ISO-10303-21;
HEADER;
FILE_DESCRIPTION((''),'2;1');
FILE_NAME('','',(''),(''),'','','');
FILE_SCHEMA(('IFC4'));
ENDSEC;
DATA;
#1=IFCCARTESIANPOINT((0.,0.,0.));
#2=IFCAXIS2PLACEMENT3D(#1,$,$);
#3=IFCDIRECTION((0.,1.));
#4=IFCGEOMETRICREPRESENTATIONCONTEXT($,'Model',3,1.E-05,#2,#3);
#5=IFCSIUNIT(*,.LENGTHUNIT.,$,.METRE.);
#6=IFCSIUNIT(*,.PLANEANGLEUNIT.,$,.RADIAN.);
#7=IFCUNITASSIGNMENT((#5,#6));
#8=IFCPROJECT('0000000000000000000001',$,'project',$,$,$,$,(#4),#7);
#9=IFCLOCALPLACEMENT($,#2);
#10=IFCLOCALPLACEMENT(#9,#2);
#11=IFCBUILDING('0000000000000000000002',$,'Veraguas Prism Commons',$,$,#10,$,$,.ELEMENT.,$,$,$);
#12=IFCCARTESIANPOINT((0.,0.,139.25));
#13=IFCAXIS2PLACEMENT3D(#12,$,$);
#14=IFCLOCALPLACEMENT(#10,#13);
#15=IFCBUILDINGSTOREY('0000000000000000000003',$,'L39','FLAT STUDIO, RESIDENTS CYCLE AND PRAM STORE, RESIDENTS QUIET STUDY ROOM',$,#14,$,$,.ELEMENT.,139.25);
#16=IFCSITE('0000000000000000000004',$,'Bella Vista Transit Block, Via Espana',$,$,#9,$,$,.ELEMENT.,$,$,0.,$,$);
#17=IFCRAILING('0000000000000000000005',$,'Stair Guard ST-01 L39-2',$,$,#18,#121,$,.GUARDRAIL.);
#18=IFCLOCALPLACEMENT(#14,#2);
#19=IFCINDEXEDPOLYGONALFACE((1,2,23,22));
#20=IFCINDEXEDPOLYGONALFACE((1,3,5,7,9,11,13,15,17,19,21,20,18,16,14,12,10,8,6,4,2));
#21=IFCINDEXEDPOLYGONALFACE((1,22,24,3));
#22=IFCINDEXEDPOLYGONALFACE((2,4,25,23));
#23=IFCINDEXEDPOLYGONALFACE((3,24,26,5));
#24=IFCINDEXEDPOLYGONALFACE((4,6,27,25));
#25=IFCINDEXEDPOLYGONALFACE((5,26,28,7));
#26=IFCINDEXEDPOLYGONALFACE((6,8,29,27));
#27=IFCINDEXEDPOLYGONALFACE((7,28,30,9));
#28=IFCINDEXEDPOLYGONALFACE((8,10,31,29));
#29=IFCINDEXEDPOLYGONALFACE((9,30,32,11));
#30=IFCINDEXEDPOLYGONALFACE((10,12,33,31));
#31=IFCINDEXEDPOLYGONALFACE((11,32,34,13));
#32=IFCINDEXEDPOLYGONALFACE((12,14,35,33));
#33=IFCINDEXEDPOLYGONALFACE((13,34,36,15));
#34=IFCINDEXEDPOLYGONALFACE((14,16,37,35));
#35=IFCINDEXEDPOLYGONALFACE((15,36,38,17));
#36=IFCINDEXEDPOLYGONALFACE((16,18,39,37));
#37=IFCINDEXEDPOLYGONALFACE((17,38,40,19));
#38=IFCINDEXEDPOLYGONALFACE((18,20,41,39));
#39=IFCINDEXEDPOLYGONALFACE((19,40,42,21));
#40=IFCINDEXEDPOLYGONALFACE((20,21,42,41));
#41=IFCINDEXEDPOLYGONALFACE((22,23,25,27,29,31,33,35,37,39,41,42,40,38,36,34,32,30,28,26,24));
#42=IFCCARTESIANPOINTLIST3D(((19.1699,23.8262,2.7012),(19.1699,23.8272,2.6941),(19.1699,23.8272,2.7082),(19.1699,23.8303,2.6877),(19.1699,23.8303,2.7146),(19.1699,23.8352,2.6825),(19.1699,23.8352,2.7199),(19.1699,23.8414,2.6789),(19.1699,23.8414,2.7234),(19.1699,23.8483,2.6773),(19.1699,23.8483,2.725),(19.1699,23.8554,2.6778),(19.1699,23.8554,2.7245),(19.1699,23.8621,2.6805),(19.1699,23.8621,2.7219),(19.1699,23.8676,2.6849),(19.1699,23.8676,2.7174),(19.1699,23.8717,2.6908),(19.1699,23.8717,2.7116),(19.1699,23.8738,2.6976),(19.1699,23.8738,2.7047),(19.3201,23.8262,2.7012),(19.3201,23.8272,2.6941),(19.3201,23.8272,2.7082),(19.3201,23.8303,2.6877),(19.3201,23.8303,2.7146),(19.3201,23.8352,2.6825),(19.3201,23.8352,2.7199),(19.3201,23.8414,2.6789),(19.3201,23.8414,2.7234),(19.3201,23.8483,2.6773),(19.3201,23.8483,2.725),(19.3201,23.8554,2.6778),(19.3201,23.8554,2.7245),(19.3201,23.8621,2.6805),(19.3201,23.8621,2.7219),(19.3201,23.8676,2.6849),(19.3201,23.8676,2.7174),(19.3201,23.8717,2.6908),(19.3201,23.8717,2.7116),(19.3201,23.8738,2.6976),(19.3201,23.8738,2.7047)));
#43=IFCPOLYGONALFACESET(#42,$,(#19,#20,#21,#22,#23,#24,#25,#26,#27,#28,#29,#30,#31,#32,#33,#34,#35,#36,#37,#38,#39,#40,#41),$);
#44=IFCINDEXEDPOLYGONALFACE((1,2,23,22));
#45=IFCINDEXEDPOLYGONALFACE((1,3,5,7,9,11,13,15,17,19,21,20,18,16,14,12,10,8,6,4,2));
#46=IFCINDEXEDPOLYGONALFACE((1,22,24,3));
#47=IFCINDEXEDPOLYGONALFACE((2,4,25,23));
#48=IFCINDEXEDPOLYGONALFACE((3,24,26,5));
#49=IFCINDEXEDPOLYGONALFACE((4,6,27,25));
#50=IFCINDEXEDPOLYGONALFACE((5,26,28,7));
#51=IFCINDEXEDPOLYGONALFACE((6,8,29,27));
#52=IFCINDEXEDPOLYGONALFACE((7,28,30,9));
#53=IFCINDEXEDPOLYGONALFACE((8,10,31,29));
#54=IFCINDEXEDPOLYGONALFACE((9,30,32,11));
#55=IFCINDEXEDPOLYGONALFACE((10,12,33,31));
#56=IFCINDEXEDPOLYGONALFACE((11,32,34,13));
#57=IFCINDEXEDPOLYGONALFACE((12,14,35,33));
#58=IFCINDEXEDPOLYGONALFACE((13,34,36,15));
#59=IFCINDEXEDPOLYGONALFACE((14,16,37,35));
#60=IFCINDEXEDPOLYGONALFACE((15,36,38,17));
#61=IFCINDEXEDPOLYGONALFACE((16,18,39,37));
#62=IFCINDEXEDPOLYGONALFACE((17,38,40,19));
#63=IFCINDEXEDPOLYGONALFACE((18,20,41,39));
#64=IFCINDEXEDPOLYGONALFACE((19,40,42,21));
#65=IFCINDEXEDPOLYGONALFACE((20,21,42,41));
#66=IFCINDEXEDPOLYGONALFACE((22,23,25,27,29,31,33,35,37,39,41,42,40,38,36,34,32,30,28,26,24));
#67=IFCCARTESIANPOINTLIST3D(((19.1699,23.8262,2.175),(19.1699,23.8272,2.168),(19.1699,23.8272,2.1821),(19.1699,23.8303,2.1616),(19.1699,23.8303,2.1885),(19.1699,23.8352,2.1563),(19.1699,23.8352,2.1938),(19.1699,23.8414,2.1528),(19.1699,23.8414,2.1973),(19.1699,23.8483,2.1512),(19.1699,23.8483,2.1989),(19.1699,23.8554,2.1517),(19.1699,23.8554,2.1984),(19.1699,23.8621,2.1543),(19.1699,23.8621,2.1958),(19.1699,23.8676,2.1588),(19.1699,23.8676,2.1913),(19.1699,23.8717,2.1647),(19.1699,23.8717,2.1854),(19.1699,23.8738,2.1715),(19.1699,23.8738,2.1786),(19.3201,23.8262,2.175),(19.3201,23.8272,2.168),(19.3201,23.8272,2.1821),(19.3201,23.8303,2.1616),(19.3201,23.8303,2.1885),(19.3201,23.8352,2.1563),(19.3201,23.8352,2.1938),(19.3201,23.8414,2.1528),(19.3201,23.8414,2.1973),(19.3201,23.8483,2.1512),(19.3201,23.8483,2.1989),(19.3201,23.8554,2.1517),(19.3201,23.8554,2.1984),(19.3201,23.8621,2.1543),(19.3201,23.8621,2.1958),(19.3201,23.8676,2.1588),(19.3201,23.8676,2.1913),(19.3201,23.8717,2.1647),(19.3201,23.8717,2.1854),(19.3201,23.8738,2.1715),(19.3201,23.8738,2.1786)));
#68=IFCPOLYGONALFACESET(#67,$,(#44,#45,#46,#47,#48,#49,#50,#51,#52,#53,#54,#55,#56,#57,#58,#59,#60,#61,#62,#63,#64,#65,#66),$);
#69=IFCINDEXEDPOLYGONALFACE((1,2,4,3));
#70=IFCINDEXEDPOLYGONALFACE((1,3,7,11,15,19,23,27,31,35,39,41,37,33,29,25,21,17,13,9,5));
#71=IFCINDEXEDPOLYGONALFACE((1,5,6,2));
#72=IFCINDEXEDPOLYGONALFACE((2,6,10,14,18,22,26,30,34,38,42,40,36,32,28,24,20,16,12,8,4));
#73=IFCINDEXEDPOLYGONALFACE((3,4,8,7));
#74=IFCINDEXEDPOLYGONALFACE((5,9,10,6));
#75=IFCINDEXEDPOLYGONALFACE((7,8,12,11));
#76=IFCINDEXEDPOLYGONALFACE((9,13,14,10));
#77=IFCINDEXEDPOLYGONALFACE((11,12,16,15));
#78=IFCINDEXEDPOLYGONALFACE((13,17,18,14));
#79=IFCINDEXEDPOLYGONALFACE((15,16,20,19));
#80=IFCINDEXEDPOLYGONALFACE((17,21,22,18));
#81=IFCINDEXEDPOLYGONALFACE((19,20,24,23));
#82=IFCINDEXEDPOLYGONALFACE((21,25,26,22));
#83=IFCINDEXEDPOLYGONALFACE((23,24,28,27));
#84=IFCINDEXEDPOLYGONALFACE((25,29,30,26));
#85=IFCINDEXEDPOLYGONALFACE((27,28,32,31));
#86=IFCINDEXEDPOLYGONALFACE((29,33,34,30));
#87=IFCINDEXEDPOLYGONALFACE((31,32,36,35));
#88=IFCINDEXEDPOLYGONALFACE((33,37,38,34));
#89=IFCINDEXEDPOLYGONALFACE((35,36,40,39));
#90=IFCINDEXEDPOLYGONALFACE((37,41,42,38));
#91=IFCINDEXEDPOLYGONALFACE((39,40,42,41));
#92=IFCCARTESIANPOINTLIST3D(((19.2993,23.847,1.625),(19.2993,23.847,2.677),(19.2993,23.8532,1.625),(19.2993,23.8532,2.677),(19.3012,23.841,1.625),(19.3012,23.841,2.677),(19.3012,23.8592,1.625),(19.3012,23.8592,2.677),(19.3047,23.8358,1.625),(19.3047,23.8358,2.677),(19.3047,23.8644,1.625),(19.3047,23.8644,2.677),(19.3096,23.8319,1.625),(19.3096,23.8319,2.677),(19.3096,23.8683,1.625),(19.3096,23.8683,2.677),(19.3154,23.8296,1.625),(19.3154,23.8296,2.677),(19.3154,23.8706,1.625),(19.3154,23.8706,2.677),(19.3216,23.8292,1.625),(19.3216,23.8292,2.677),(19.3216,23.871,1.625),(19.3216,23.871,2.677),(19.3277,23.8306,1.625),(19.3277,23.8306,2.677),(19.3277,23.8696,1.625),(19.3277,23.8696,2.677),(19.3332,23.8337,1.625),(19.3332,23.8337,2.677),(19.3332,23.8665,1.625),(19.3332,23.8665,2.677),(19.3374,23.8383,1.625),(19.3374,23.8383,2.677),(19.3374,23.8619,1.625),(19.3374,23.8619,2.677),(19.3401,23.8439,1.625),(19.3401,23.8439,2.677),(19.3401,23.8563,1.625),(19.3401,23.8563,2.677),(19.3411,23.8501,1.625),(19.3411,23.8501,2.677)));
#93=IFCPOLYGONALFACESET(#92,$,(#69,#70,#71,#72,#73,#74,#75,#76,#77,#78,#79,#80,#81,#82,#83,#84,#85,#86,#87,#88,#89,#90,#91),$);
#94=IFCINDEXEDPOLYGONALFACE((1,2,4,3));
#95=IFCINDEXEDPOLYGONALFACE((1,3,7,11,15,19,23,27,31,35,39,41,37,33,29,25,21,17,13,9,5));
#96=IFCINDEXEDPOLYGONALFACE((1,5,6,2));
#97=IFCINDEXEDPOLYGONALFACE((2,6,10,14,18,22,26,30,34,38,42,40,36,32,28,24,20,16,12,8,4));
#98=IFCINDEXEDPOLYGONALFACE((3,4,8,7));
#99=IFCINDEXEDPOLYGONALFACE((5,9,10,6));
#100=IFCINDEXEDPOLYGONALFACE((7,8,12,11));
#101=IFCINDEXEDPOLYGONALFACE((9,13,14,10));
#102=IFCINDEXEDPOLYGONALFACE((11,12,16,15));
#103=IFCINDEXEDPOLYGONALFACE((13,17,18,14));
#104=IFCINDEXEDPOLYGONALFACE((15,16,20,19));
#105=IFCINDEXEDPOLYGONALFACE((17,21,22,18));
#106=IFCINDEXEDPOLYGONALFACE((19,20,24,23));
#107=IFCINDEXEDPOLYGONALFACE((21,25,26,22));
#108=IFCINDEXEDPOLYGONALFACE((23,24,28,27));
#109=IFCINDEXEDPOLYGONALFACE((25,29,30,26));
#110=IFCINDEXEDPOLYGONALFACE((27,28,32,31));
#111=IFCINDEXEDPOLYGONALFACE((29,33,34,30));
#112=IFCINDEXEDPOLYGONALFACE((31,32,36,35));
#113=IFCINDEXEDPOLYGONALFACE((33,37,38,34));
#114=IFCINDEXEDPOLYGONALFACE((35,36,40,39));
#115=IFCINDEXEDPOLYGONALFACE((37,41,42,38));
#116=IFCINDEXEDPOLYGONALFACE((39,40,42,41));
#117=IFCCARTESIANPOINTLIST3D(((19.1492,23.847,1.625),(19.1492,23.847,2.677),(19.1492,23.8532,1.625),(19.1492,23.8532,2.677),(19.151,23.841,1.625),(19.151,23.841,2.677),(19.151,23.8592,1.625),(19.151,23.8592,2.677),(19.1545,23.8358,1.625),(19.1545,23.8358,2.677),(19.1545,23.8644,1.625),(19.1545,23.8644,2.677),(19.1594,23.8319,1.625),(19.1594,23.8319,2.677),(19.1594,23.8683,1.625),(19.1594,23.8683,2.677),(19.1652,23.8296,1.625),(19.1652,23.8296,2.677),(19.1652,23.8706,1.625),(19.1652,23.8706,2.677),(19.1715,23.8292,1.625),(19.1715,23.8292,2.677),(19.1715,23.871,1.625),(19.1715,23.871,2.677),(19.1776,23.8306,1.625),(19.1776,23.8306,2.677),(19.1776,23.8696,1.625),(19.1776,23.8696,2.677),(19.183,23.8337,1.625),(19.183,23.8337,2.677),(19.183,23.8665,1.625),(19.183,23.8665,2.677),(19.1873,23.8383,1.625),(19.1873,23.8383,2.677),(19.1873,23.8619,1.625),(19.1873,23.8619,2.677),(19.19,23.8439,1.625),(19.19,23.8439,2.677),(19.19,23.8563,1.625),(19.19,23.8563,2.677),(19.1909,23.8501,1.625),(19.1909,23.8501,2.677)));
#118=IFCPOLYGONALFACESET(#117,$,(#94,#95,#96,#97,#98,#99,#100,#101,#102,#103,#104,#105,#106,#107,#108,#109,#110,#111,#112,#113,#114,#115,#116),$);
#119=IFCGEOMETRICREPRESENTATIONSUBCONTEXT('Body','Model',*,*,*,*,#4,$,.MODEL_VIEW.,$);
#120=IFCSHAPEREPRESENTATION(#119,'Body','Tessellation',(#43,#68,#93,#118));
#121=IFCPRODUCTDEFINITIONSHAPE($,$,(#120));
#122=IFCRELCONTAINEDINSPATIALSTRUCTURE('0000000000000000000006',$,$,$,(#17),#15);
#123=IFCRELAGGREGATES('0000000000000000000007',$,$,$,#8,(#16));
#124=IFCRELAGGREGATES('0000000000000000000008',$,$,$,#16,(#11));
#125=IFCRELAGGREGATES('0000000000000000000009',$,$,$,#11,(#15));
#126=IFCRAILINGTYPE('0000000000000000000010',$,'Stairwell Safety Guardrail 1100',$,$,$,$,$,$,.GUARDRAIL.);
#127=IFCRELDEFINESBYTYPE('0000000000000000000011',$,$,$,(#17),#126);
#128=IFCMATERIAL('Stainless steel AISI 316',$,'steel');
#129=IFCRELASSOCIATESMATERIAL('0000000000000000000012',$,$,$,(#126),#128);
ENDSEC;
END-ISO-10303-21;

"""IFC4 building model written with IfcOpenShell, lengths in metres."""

from ifc_helpers import new_model, si_unit, direction, frame, origin, origin_2d, place, context, subcontext, project, spatial, circle, extrude, material, type_object, element, save


model = new_model("IFC4")

# Units and contexts
model_context = context("Model", 3, precision=1e-05, world=origin(), true_north=direction((0.0, 1.0)))
body_context = subcontext(model_context, "Body", "Model", "MODEL_VIEW")
ifc_project = project(units=[si_unit("LENGTHUNIT", "METRE"), si_unit("PLANEANGLEUNIT", "RADIAN")], contexts=[model_context])

# Site, building, storey
site_placement = place(None, origin())
site = spatial("IfcSite", under=ifc_project, at=site_placement, Name="Bella Vista Transit Block, Via Espana", CompositionType="ELEMENT", RefElevation=0.0)
building_placement = place(site_placement, origin())
building = spatial("IfcBuilding", under=site, at=building_placement, Name="Veraguas Prism Commons", CompositionType="ELEMENT")
storey_placement = place(building_placement, frame((0.0, 0.0, 139.25)))
storey = spatial("IfcBuildingStorey", under=building, at=storey_placement, Name="L39", Description="FLAT STUDIO, RESIDENTS CYCLE AND PRAM STORE, RESIDENTS QUIET STUDY ROOM", CompositionType="ELEMENT", Elevation=139.25)

# Railing
ifc_material_1 = material(Name="Stainless steel AISI 316", Category="steel")
railing_type_1 = type_object("IfcRailingType", Name="Stairwell Safety Guardrail 1100", PredefinedType="GUARDRAIL", material=ifc_material_1)
railing_1_placement = place(storey_placement, frame((19.3201, 23.8501, 1.625)))
element("IfcRailing", 1, at=railing_1_placement, inside=storey, type_object=railing_type_1, Name="Stair Guard ST-01 L39-2", PredefinedType="GUARDRAIL", context=body_context, shape_type="SweptSolid", body=[
    extrude(circle(Radius=0.0239, at=origin_2d()), frame((0.0, 0.0, 1.0762), z_axis=(-1.0, 0.0, 0.0), x_axis=(0.0, -1.0, 0.0)), (0.0, 0.0, 1.0), 0.1501),
    extrude(circle(Radius=0.0239, at=origin_2d()), frame((0.0, 0.0, 0.55), z_axis=(-1.0, 0.0, 0.0), x_axis=(0.0, -1.0, 0.0)), (0.0, 0.0, 1.0), 0.1501),
    extrude(circle(Radius=0.021, at=origin_2d()), origin(), (0.0, 0.0, 1.0), 1.052),
    extrude(circle(Radius=0.021, at=origin_2d()), frame((-0.1501, 0.0, 0.0)), (0.0, 0.0, 1.0), 1.052),
])

save(model, "model.ifc")
